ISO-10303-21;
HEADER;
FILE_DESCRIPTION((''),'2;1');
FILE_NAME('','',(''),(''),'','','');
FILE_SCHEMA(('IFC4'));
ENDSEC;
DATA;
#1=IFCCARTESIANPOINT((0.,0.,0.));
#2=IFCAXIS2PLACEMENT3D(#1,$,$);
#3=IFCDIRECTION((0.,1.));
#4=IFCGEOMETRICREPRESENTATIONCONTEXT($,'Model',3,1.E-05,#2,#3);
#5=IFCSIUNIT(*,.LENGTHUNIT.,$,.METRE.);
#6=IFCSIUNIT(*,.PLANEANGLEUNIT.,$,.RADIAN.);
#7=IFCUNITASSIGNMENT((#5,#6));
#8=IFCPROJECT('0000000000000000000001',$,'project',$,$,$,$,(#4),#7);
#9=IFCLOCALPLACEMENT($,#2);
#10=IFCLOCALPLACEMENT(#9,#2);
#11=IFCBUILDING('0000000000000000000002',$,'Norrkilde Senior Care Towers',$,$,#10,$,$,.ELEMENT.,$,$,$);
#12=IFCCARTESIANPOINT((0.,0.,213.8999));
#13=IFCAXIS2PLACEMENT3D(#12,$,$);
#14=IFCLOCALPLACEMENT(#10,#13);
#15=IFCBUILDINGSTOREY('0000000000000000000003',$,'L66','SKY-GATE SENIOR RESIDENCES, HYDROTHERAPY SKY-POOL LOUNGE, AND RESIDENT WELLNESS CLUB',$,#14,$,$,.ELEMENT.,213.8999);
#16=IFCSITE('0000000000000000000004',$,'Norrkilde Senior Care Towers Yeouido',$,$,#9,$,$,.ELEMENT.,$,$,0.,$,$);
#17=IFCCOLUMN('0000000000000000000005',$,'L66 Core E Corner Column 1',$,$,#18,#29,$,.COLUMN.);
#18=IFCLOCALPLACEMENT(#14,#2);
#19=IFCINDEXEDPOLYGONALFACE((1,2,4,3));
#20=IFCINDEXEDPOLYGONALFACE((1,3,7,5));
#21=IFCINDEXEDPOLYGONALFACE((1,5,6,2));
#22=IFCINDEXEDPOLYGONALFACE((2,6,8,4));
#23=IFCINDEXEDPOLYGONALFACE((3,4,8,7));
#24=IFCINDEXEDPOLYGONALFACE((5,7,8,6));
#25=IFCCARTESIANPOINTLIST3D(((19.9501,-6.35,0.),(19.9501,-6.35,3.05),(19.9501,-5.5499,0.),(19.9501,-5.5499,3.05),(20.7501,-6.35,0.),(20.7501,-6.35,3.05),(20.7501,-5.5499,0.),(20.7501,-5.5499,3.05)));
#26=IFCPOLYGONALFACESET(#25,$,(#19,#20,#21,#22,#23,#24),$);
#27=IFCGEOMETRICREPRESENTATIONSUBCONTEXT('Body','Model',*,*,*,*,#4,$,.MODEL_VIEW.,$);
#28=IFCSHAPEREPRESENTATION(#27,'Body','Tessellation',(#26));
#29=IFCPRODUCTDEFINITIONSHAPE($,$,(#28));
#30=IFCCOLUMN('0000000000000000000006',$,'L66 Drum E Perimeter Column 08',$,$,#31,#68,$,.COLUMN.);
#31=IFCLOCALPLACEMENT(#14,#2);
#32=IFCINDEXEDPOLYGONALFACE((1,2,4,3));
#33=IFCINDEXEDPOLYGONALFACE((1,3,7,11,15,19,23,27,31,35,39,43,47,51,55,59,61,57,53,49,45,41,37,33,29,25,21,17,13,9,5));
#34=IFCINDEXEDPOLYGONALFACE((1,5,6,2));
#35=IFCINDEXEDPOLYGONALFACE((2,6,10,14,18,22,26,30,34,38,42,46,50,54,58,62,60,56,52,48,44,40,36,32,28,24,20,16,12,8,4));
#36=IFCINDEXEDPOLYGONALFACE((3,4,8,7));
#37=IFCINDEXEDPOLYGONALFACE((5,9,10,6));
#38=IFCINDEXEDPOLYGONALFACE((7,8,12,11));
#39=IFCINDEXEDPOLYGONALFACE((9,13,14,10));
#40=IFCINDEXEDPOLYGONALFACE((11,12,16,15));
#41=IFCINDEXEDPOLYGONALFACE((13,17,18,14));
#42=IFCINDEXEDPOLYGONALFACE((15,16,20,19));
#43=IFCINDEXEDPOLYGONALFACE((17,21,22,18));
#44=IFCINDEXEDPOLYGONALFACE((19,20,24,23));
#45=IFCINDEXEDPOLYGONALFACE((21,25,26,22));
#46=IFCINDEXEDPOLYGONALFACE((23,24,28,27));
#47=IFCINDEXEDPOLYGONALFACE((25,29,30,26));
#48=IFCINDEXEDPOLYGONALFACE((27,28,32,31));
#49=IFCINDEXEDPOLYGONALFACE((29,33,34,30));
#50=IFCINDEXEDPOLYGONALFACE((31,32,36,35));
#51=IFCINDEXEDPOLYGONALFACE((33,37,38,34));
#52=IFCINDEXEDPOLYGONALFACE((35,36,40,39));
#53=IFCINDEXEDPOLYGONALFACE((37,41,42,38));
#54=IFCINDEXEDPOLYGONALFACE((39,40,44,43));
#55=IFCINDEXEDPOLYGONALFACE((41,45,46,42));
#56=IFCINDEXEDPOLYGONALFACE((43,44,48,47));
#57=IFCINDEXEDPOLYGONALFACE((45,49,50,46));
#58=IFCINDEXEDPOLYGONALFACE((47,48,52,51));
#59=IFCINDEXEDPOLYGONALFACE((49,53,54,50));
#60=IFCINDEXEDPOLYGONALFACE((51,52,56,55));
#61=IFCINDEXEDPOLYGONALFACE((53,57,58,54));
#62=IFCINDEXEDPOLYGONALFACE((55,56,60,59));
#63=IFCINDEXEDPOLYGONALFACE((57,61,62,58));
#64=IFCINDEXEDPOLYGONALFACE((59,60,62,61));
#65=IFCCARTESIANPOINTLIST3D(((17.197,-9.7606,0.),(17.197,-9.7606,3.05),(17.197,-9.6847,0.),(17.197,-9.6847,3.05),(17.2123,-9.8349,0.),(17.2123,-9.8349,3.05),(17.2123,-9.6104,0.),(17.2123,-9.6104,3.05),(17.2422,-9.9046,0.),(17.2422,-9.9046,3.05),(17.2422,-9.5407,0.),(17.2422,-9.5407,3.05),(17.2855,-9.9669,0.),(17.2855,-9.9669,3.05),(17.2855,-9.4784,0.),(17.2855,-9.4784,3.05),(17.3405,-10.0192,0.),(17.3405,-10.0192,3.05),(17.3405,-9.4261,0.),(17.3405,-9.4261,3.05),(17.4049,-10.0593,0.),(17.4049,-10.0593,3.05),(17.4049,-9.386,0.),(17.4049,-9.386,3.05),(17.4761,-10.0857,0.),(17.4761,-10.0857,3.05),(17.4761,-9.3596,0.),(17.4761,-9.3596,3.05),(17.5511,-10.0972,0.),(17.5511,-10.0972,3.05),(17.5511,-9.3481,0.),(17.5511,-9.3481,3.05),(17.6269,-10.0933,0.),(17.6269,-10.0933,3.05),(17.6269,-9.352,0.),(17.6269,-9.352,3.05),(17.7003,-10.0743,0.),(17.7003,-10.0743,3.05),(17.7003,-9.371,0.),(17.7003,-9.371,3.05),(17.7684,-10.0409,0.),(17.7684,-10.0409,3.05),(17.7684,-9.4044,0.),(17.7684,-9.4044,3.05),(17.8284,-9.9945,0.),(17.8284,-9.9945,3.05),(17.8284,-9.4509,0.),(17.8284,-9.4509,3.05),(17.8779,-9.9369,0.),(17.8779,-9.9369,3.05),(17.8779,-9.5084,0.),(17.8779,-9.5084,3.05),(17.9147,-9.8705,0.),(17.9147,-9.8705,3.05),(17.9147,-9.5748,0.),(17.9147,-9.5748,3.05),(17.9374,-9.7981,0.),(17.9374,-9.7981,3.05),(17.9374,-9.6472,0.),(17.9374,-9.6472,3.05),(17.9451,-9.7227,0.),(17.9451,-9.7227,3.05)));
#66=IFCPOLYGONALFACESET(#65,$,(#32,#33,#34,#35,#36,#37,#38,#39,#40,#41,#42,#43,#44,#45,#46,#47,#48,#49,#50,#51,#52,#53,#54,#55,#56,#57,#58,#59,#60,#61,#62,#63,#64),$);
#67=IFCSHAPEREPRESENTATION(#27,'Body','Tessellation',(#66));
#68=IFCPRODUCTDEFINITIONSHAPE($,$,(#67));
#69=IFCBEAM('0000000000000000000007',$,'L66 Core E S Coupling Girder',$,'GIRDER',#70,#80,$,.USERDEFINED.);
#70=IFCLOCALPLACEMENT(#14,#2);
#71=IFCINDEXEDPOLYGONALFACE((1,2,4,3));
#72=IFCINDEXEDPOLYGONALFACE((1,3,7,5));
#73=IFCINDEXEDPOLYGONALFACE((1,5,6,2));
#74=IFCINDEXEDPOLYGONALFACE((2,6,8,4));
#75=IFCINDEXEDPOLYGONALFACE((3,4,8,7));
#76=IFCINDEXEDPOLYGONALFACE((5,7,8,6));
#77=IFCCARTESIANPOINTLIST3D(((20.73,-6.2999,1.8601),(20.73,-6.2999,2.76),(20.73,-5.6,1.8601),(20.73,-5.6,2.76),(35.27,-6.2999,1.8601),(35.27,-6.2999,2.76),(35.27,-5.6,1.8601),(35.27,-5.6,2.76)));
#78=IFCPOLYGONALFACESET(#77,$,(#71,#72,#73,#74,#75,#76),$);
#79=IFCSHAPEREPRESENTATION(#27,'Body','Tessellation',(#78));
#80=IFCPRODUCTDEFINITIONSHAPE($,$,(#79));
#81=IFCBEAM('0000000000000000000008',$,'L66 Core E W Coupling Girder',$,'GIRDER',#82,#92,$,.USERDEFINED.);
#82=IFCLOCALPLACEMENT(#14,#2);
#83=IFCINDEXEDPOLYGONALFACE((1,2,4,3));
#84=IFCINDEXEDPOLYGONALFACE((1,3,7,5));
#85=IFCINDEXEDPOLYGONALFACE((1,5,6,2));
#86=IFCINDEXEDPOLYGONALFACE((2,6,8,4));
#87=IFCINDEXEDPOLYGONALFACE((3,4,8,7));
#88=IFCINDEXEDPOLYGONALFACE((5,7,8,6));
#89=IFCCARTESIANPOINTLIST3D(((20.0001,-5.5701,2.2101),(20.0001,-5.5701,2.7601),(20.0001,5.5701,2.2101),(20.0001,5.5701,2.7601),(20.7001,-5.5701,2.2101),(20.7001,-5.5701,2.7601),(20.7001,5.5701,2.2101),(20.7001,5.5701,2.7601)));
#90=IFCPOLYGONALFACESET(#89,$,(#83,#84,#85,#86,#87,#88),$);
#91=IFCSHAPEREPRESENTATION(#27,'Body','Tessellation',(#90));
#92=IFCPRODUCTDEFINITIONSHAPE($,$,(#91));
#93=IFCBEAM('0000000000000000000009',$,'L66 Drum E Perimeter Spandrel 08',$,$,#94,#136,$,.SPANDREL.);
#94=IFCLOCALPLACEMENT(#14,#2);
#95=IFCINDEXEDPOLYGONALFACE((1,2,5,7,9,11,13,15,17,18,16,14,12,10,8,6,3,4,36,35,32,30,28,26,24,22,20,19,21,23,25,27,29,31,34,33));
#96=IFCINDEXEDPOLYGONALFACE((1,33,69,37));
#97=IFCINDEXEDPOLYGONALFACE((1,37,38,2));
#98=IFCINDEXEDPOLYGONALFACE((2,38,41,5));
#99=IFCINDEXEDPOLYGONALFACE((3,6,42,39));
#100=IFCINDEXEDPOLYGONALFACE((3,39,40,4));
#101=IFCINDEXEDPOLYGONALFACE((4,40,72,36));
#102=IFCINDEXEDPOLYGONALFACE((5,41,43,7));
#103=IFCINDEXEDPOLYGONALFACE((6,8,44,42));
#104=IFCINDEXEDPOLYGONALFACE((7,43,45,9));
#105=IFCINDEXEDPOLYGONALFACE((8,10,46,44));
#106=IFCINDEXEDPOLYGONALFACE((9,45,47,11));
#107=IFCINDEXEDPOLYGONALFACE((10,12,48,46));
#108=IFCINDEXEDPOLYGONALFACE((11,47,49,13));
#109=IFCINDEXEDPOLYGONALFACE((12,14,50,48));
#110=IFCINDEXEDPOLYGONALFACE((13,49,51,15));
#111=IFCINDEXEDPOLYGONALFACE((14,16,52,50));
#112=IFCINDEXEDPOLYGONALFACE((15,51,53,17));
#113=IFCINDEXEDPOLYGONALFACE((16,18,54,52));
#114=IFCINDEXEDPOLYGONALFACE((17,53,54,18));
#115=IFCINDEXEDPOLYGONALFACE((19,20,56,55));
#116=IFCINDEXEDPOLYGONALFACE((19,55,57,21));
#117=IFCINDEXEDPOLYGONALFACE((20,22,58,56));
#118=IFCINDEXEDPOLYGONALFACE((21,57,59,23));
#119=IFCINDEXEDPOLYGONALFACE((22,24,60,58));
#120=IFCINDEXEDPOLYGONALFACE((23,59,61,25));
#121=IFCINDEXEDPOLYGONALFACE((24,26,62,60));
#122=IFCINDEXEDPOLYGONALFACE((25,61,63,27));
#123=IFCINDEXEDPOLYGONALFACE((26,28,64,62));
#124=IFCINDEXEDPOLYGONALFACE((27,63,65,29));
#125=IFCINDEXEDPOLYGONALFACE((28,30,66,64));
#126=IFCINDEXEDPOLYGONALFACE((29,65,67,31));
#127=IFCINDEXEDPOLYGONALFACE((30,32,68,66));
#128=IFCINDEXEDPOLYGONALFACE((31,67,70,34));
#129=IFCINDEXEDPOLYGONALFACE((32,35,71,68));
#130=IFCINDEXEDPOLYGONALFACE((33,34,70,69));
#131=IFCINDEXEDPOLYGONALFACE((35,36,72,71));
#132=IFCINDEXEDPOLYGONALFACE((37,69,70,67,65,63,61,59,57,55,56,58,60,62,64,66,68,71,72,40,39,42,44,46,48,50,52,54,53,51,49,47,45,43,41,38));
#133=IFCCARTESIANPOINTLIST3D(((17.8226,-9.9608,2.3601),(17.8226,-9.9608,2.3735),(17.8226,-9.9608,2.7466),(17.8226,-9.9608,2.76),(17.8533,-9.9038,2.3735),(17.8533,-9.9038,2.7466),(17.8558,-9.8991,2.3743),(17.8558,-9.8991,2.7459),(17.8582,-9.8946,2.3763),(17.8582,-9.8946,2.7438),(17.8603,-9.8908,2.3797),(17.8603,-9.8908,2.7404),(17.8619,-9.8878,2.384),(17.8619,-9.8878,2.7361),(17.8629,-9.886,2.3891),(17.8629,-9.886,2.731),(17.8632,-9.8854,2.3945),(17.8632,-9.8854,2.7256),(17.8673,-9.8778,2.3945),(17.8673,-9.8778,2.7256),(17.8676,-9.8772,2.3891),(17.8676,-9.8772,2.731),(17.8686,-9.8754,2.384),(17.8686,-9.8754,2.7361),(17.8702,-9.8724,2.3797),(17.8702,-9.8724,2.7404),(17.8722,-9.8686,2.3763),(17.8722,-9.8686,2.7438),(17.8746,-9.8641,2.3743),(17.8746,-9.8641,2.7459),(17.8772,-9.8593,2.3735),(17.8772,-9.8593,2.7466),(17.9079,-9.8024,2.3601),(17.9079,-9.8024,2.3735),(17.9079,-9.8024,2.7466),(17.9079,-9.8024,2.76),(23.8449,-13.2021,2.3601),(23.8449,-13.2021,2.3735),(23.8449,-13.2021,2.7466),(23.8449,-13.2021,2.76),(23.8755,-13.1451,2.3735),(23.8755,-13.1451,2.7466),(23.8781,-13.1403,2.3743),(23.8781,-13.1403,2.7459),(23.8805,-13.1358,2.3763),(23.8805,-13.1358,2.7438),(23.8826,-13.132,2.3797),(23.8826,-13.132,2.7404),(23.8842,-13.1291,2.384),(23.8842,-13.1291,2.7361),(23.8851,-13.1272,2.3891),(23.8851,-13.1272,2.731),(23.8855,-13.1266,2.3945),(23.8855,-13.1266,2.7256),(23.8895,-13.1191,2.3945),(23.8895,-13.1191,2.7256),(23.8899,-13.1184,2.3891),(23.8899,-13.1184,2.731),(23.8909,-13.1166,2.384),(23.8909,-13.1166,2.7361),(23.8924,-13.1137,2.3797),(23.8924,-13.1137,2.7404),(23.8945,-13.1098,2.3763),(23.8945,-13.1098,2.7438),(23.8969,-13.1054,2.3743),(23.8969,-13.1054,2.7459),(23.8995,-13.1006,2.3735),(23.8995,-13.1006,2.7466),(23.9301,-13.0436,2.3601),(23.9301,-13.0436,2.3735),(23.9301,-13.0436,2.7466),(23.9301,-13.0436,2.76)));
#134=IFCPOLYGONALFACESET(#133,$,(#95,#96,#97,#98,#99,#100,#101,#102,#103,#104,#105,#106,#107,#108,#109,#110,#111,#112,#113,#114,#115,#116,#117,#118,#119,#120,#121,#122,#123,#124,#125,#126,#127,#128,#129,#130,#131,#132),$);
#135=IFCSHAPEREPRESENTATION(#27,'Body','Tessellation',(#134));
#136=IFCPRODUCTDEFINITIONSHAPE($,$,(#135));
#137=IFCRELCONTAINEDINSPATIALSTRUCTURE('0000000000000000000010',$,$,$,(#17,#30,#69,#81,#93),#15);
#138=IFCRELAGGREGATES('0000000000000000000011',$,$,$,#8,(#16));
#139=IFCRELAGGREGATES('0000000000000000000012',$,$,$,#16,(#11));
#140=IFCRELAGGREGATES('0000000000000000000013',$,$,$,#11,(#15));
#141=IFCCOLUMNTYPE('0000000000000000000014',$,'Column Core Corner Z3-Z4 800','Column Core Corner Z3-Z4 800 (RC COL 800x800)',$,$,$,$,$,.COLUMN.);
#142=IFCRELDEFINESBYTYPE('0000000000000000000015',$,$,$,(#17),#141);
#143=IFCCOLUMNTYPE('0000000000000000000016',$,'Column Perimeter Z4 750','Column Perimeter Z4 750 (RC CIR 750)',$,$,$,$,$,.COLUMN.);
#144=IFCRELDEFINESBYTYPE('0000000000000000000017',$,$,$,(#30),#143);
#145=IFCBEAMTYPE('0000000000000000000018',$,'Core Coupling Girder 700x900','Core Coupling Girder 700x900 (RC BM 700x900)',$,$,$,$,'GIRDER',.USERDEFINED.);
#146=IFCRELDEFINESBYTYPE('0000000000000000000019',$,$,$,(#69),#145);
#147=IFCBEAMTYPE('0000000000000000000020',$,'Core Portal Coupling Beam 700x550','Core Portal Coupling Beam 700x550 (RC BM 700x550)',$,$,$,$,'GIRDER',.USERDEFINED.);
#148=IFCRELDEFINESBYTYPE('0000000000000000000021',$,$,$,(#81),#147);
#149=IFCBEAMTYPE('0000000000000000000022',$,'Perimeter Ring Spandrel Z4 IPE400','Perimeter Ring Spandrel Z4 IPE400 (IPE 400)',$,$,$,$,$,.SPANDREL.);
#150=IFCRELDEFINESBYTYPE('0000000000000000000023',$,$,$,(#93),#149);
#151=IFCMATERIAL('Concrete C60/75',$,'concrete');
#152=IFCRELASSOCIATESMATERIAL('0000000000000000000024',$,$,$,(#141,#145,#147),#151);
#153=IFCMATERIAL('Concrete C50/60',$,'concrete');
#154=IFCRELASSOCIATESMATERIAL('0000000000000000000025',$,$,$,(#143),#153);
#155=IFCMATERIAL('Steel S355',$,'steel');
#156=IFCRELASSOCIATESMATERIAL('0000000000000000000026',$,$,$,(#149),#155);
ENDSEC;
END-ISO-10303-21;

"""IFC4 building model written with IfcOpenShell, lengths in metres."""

from ifc_helpers import new_model, si_unit, direction, frame, origin, origin_2d, place, context, subcontext, project, spatial, rectangle, circle, i_section, extrude, source, transform, mapped, material, material_profile, profile_set, type_object, type_shapes, element, save


model = new_model("IFC4")

# Units and contexts
model_context = context("Model", 3, precision=1e-05, world=origin(), true_north=direction((0.0, 1.0)))
body_context = subcontext(model_context, "Body", "Model", "MODEL_VIEW")
ifc_project = project(units=[si_unit("LENGTHUNIT", "METRE"), si_unit("PLANEANGLEUNIT", "RADIAN")], contexts=[model_context])

# Site, building, storey
site_placement = place(None, origin())
site = spatial("IfcSite", under=ifc_project, at=site_placement, Name="Norrkilde Senior Care Towers Yeouido", CompositionType="ELEMENT", RefElevation=0.0)
building_placement = place(site_placement, origin())
building = spatial("IfcBuilding", under=site, at=building_placement, Name="Norrkilde Senior Care Towers", CompositionType="ELEMENT")
storey_placement = place(building_placement, frame((0.0, 0.0, 213.8999)))
storey = spatial("IfcBuildingStorey", under=building, at=storey_placement, Name="L66", Description="SKY-GATE SENIOR RESIDENCES, HYDROTHERAPY SKY-POOL LOUNGE, AND RESIDENT WELLNESS CLUB", CompositionType="ELEMENT", Elevation=213.8999)

# Columns
ifc_material_1 = material(Name="Concrete C60/75", Category="concrete")
ifc_material_profile_1 = material_profile(ifc_material_1, rectangle(XDim=0.8, YDim=0.8, at=origin_2d()), Name="RC COL 800x800")
ifc_profile_set_1 = profile_set([ifc_material_profile_1], Name="Concrete C60/75")
column_type_1 = type_object("IfcColumnType", Name="Column Core Corner Z3-Z4 800", Description="Column Core Corner Z3-Z4 800 (RC COL 800x800)", PredefinedType="COLUMN", material=ifc_profile_set_1)
shared_shape_1 = source(origin(), body_context, "Body", "SweptSolid", [
    extrude(rectangle(XDim=0.8, YDim=0.8, at=origin_2d()), origin(), (0.0, 0.0, 1.0), 3.05),
])
type_shapes(column_type_1, [shared_shape_1])
column_1_placement = place(storey_placement, frame((20.3501, -5.95, 0.0), z_axis=(0.0, 0.0, 1.0), x_axis=(1.0, 0.0, 0.0)))
element("IfcColumn", 1, at=column_1_placement, inside=storey, type_object=column_type_1, Name="L66 Core E Corner Column 1", PredefinedType="COLUMN", context=body_context, shape_type="MappedRepresentation", body=[
    mapped(shared_shape_1, transform((0.0, 0.0, 0.0), x_axis=(1.0, 0.0, 0.0), y_axis=(0.0, 1.0, 0.0), z_axis=(0.0, 0.0, 1.0), scale=1.0)),
])
ifc_material_2 = material(Name="Concrete C50/60", Category="concrete")
ifc_material_profile_2 = material_profile(ifc_material_2, circle(Radius=0.375, at=origin_2d()), Name="RC CIR 750")
ifc_profile_set_2 = profile_set([ifc_material_profile_2], Name="Concrete C50/60")
column_type_2 = type_object("IfcColumnType", Name="Column Perimeter Z4 750", Description="Column Perimeter Z4 750 (RC CIR 750)", PredefinedType="COLUMN", material=ifc_profile_set_2)
shared_shape_2 = source(origin(), body_context, "Body", "SweptSolid", [
    extrude(circle(Radius=0.375, at=origin_2d()), origin(), (0.0, 0.0, 1.0), 3.05),
])
type_shapes(column_type_2, [shared_shape_2])
column_2_placement = place(storey_placement, frame((17.5701, -9.7227, 0.0), z_axis=(0.0, 0.0, 1.0), x_axis=(1.0, 0.0, 0.0)))
element("IfcColumn", 2, at=column_2_placement, inside=storey, type_object=column_type_2, Name="L66 Drum E Perimeter Column 08", PredefinedType="COLUMN", context=body_context, shape_type="MappedRepresentation", body=[
    mapped(shared_shape_2, transform((0.0, 0.0, 0.0), x_axis=(1.0, 0.0, 0.0), y_axis=(0.0, 1.0, 0.0), z_axis=(0.0, 0.0, 1.0), scale=1.0)),
])

# Beams
ifc_material_profile_3 = material_profile(ifc_material_1, rectangle(XDim=0.7, YDim=0.8999, at=origin_2d()), Name="RC BM 700x900")
ifc_profile_set_3 = profile_set([ifc_material_profile_3], Name="Concrete C60/75")
beam_type_1 = type_object("IfcBeamType", Name="Core Coupling Girder 700x900", Description="Core Coupling Girder 700x900 (RC BM 700x900)", ElementType="GIRDER", PredefinedType="USERDEFINED", material=ifc_profile_set_3)
shared_shape_3 = source(origin(), body_context, "Body", "SweptSolid", [
    extrude(rectangle(XDim=0.7, YDim=0.8999, at=origin_2d()), origin(), (0.0, 0.0, 1.0), 14.54),
])
type_shapes(beam_type_1, [shared_shape_3])
beam_1_placement = place(storey_placement, frame((20.73, -5.95, 2.3101), z_axis=(1.0, 0.0, 0.0), x_axis=(0.0, 1.0, 0.0)))
element("IfcBeam", 3, at=beam_1_placement, inside=storey, type_object=beam_type_1, Name="L66 Core E S Coupling Girder", ObjectType="GIRDER", PredefinedType="USERDEFINED", context=body_context, shape_type="MappedRepresentation", body=[
    mapped(shared_shape_3, transform((0.0, 0.0, 0.0), x_axis=(1.0, 0.0, 0.0), y_axis=(0.0, 1.0, 0.0), z_axis=(0.0, 0.0, 1.0), scale=1.0)),
])
ifc_material_profile_4 = material_profile(ifc_material_1, rectangle(XDim=0.7, YDim=0.55, at=origin_2d()), Name="RC BM 700x550")
ifc_profile_set_4 = profile_set([ifc_material_profile_4], Name="Concrete C60/75")
beam_type_2 = type_object("IfcBeamType", Name="Core Portal Coupling Beam 700x550", Description="Core Portal Coupling Beam 700x550 (RC BM 700x550)", ElementType="GIRDER", PredefinedType="USERDEFINED", material=ifc_profile_set_4)
shared_shape_4 = source(origin(), body_context, "Body", "SweptSolid", [
    extrude(rectangle(XDim=0.7, YDim=0.55, at=origin_2d()), origin(), (0.0, 0.0, 1.0), 11.1401),
])
type_shapes(beam_type_2, [shared_shape_4])
beam_2_placement = place(storey_placement, frame((20.3501, -5.5701, 2.4851), z_axis=(0.0, 1.0, 0.0), x_axis=(-1.0, 0.0, 0.0)))
element("IfcBeam", 4, at=beam_2_placement, inside=storey, type_object=beam_type_2, Name="L66 Core E W Coupling Girder", ObjectType="GIRDER", PredefinedType="USERDEFINED", context=body_context, shape_type="MappedRepresentation", body=[
    mapped(shared_shape_4, transform((0.0, 0.0, 0.0), x_axis=(1.0, 0.0, 0.0), y_axis=(0.0, 1.0, 0.0), z_axis=(0.0, 0.0, 1.0), scale=1.0)),
])
ifc_material_3 = material(Name="Steel S355", Category="steel")
ifc_material_profile_5 = material_profile(ifc_material_3, i_section(OverallWidth=0.1799, OverallDepth=0.3999, WebThickness=0.0085, FlangeThickness=0.0134, FilletRadius=0.021, at=origin_2d()), Name="IPE 400")
ifc_profile_set_5 = profile_set([ifc_material_profile_5], Name="Steel S355")
beam_type_3 = type_object("IfcBeamType", Name="Perimeter Ring Spandrel Z4 IPE400", Description="Perimeter Ring Spandrel Z4 IPE400 (IPE 400)", PredefinedType="SPANDREL", material=ifc_profile_set_5)
shared_shape_5 = source(origin(), body_context, "Body", "SweptSolid", [
    extrude(i_section(OverallWidth=0.1799, OverallDepth=0.3999, WebThickness=0.0085, FlangeThickness=0.0134, FilletRadius=0.021, at=origin_2d()), origin(), (0.0, 0.0, 1.0), 6.8391),
])
type_shapes(beam_type_3, [shared_shape_5])
beam_3_placement = place(storey_placement, frame((17.8652, -9.8816, 2.5601), z_axis=(0.880564, -0.473927, 0.0), x_axis=(0.473927, 0.880564, 0.0)))
element("IfcBeam", 5, at=beam_3_placement, inside=storey, type_object=beam_type_3, Name="L66 Drum E Perimeter Spandrel 08", PredefinedType="SPANDREL", context=body_context, shape_type="MappedRepresentation", body=[
    mapped(shared_shape_5, transform((0.0, 0.0, 0.0), x_axis=(1.0, 0.0, 0.0), y_axis=(0.0, 1.0, 0.0), z_axis=(0.0, 0.0, 1.0), scale=1.0)),
])

save(model, "model.ifc")
